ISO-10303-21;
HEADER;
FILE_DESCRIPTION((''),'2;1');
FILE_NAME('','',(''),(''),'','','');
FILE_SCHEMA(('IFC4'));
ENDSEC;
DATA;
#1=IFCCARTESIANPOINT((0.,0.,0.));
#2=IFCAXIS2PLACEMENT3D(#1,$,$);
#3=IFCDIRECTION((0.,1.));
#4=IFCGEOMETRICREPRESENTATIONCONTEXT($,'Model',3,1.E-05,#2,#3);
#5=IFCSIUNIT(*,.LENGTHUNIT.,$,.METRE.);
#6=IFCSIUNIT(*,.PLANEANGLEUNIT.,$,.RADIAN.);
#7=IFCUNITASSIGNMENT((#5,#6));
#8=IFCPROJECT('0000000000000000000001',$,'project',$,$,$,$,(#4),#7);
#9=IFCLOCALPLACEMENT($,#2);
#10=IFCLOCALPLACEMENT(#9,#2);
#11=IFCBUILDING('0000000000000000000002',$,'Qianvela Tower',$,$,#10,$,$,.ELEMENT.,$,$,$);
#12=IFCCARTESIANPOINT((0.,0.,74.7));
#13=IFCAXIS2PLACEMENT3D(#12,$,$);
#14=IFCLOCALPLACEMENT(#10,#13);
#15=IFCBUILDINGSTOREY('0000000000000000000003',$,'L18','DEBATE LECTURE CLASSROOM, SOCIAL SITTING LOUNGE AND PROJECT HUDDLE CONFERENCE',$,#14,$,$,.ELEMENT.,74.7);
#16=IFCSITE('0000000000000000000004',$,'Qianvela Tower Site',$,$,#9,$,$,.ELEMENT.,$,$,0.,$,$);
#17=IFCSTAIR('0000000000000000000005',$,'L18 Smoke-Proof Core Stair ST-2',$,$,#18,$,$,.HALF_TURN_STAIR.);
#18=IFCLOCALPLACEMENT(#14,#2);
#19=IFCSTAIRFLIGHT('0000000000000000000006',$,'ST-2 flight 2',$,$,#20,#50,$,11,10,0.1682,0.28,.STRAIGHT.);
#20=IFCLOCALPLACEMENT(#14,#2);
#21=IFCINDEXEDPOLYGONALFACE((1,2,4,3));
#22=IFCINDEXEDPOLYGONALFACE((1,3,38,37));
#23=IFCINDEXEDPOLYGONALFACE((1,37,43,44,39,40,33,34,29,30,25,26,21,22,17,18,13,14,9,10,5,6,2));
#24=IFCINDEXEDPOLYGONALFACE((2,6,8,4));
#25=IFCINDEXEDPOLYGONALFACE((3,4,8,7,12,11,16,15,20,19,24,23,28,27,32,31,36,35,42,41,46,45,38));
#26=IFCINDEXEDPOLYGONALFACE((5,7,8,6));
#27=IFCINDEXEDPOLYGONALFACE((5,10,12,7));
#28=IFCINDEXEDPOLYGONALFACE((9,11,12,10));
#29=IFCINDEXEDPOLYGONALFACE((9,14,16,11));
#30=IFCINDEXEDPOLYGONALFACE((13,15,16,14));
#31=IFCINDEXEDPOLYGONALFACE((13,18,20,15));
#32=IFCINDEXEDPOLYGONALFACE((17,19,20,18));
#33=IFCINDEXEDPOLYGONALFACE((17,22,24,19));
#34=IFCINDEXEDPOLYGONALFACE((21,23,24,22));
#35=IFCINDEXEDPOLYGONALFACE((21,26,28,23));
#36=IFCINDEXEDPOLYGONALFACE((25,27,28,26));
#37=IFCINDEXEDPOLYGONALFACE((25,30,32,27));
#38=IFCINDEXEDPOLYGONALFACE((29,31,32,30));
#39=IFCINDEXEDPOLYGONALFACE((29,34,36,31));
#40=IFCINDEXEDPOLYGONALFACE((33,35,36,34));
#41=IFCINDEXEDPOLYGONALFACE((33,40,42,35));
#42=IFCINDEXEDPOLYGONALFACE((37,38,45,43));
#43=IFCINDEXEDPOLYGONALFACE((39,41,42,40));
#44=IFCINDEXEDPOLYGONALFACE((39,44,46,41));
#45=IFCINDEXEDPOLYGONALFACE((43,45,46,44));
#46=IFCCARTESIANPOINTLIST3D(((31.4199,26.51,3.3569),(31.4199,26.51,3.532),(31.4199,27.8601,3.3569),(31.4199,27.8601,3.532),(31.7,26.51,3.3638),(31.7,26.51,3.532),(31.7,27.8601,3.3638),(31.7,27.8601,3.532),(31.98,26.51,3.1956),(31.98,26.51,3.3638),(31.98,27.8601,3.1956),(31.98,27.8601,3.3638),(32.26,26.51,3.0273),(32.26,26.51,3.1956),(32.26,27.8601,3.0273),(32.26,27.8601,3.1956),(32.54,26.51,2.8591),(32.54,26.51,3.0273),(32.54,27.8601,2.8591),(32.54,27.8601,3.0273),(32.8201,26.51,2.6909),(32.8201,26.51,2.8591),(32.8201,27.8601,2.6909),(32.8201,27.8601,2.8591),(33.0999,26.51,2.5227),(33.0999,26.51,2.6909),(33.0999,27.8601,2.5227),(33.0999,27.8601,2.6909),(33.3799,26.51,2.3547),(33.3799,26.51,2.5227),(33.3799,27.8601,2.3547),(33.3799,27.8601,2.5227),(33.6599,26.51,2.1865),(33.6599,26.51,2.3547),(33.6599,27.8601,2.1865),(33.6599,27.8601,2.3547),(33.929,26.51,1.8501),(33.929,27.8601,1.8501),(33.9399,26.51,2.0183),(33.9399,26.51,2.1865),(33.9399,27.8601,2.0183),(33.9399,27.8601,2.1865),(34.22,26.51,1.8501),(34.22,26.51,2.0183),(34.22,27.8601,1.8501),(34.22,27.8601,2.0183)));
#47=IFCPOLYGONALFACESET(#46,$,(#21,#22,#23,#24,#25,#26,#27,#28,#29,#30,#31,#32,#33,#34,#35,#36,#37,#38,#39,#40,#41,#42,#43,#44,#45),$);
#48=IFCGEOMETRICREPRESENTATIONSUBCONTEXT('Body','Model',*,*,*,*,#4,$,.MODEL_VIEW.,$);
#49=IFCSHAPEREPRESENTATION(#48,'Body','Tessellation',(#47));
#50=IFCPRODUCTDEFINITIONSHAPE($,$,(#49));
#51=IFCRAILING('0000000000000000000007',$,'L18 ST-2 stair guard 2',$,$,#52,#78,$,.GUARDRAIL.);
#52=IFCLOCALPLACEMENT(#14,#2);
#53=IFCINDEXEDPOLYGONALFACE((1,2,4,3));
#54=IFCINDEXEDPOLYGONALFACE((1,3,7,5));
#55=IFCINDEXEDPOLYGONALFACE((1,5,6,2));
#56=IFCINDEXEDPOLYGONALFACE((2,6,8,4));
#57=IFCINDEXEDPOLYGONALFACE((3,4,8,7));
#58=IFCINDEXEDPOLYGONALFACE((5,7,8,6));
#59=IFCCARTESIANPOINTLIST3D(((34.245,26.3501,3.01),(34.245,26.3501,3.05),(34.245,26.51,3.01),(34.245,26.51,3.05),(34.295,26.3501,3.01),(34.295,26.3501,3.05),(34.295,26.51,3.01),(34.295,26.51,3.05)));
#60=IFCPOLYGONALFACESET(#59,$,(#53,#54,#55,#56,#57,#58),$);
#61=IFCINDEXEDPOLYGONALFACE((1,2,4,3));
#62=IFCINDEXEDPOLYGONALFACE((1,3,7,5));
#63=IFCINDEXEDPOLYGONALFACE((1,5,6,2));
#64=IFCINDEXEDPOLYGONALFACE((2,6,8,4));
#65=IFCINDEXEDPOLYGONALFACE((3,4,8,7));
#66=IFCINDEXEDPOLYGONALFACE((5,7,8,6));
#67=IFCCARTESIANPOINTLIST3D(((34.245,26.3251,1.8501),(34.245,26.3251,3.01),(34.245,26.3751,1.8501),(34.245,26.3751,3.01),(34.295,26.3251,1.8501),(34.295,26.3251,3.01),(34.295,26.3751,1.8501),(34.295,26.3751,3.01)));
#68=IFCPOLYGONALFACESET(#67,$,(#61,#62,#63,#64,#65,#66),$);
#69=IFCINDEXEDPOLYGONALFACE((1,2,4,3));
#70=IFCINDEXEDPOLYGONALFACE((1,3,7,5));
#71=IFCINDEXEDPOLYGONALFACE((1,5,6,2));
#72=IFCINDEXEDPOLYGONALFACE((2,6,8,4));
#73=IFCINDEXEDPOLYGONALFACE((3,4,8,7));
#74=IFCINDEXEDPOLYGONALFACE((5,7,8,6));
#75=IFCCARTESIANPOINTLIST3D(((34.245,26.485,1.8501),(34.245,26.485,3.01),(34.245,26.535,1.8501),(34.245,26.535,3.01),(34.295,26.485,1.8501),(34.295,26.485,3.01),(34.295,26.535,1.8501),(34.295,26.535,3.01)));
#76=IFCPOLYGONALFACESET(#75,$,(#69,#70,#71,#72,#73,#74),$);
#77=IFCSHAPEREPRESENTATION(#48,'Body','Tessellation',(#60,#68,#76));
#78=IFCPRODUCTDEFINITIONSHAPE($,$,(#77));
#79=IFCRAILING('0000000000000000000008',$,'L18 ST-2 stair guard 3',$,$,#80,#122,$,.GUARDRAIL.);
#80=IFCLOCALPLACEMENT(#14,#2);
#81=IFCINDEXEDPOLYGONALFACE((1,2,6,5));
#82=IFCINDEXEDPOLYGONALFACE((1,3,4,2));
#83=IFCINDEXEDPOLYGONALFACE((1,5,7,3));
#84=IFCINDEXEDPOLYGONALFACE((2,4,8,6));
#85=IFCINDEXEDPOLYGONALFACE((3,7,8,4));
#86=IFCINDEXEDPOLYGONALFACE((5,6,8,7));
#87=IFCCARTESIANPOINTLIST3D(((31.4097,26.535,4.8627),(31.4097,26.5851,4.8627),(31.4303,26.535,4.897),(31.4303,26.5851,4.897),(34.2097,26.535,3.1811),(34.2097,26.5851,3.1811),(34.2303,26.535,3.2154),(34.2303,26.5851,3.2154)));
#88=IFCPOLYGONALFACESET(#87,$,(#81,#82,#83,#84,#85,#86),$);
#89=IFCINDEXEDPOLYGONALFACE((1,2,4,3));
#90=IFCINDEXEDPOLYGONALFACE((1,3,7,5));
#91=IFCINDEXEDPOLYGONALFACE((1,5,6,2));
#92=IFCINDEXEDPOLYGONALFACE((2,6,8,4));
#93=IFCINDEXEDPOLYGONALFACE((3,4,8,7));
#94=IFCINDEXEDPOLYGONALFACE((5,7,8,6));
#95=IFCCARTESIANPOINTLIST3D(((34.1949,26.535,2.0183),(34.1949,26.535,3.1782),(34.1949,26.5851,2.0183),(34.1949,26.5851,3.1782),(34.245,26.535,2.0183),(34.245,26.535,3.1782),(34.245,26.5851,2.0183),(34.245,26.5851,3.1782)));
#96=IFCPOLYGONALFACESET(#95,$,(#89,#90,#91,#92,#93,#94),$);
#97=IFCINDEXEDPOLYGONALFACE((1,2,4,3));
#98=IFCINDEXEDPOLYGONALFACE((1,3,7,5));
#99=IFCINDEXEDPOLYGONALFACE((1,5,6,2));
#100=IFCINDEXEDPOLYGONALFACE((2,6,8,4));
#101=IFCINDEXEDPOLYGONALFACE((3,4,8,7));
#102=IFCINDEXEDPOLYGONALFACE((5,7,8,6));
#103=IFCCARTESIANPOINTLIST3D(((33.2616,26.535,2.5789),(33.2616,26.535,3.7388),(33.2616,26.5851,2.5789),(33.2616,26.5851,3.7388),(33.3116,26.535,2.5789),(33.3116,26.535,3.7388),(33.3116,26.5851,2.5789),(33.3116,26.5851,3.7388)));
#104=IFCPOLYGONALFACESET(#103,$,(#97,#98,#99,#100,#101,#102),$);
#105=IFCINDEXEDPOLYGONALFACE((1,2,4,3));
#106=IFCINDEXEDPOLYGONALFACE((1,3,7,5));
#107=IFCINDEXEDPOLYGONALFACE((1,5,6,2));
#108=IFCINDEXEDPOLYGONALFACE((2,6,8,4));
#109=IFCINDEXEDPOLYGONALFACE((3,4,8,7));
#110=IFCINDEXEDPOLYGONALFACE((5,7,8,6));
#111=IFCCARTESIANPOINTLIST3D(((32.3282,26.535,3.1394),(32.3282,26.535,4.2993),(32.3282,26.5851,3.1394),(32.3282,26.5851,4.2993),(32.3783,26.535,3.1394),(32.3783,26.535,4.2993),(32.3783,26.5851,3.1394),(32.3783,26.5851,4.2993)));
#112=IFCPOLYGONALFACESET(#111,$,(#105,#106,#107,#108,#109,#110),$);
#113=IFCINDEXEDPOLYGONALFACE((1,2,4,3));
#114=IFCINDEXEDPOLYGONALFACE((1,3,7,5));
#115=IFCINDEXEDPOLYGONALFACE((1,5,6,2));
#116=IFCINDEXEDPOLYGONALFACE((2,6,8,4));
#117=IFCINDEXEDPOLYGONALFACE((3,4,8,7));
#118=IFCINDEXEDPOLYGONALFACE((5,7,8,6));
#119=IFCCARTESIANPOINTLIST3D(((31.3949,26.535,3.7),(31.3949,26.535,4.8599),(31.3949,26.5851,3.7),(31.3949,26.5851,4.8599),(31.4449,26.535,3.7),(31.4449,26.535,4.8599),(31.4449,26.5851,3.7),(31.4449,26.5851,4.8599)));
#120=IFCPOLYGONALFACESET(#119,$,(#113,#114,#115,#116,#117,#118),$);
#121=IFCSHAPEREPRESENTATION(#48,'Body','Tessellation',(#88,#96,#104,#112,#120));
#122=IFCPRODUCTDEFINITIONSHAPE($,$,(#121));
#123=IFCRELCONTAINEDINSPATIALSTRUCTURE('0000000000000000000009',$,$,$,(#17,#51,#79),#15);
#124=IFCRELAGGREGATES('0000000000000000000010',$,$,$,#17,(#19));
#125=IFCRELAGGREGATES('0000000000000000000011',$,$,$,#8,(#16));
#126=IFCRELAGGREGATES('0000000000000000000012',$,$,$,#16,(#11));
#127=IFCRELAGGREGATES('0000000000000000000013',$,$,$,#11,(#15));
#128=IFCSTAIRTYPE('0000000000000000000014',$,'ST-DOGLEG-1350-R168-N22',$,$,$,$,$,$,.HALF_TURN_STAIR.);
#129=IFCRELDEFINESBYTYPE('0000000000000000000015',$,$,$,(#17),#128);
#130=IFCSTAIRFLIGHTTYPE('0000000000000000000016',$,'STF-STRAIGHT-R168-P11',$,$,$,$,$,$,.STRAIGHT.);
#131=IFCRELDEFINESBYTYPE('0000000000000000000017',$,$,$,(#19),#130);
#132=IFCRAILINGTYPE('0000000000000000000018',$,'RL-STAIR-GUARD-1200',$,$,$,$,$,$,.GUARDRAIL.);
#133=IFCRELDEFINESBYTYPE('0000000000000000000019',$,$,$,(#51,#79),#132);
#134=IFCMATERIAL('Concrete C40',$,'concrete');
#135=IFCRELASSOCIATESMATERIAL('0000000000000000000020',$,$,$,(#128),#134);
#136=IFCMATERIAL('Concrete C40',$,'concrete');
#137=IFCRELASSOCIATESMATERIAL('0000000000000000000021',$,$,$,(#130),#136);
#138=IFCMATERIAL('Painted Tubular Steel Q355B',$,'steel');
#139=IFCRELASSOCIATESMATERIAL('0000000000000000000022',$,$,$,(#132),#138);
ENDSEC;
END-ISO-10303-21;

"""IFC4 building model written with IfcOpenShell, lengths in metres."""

from ifc_helpers import new_model, si_unit, direction, frame, origin, origin_2d, place, context, subcontext, project, spatial, polyline, rectangle, outline, extrude, material, type_object, element, aggregate, save


model = new_model("IFC4")

# Units and contexts
model_context = context("Model", 3, precision=1e-05, world=origin(), true_north=direction((0.0, 1.0)))
body_context = subcontext(model_context, "Body", "Model", "MODEL_VIEW")
ifc_project = project(units=[si_unit("LENGTHUNIT", "METRE"), si_unit("PLANEANGLEUNIT", "RADIAN")], contexts=[model_context])

# Site, building, storey
site_placement = place(None, origin())
site = spatial("IfcSite", under=ifc_project, at=site_placement, Name="Qianvela Tower Site", CompositionType="ELEMENT", RefElevation=0.0)
building_placement = place(site_placement, origin())
building = spatial("IfcBuilding", under=site, at=building_placement, Name="Qianvela Tower", CompositionType="ELEMENT")
storey_placement = place(building_placement, frame((0.0, 0.0, 74.7)))
storey = spatial("IfcBuildingStorey", under=building, at=storey_placement, Name="L18", Description="DEBATE LECTURE CLASSROOM, SOCIAL SITTING LOUNGE AND PROJECT HUDDLE CONFERENCE", CompositionType="ELEMENT", Elevation=74.7)

# Stair, stair flight
ifc_material_1 = material(Name="Concrete C40", Category="concrete")
stair_type = type_object("IfcStairType", Name="ST-DOGLEG-1350-R168-N22", PredefinedType="HALF_TURN_STAIR", material=ifc_material_1)
stair_placement = place(storey_placement, origin())
stair = element("IfcStair", 1, at=stair_placement, inside=storey, type_object=stair_type, Name="L18 Smoke-Proof Core Stair ST-2", PredefinedType="HALF_TURN_STAIR")
ifc_material_2 = material(Name="Concrete C40", Category="concrete")
stair_flight_type = type_object("IfcStairFlightType", Name="STF-STRAIGHT-R168-P11", PredefinedType="STRAIGHT", material=ifc_material_2)
stair_flight_placement = place(storey_placement, frame((34.22, 27.1851, 1.8501), z_axis=(0.0, 0.0, 1.0), x_axis=(-1.0, 0.0, 0.0)))
stair_flight = element("IfcStairFlight", 2, at=stair_flight_placement, type_object=stair_flight_type, Name="ST-2 flight 2", NumberOfRisers=11, NumberOfTreads=10, PredefinedType="STRAIGHT", RiserHeight=0.1682, TreadLength=0.28, context=body_context, shape_type="SweptSolid", body=[
    extrude(outline(polyline([(0.0, 0.0), (0.0, 0.1682), (0.28, 0.1682), (0.28, 0.3364), (0.5601, 0.3364), (0.5601, 0.5046), (0.8401, 0.5046), (0.8401, 0.6726), (1.1201, 0.6726), (1.1201, 0.8408), (1.3999, 0.8408), (1.3999, 1.009), (1.6799, 1.009), (1.6799, 1.1772), (1.96, 1.1772), (1.96, 1.3455), (2.24, 1.3455), (2.24, 1.5137), (2.52, 1.5137), (2.52, 1.6819), (2.8, 1.6819), (2.8, 1.8501), (2.8, 1.5068), (0.291, 0.0), (0.0, 0.0)])), frame((0.0, 0.675, 0.0), z_axis=(0.0, -1.0, 0.0), x_axis=(1.0, 0.0, 0.0)), (0.0, 0.0, 1.0), 1.3501),
])
aggregate(stair, [stair_flight])

# Railings
ifc_material_3 = material(Name="Painted Tubular Steel Q355B", Category="steel")
railing_type = type_object("IfcRailingType", Name="RL-STAIR-GUARD-1200", PredefinedType="GUARDRAIL", material=ifc_material_3)
railing_1_placement = place(storey_placement, frame((34.27, 26.3501, 1.8501)))
element("IfcRailing", 3, at=railing_1_placement, inside=storey, type_object=railing_type, Name="L18 ST-2 stair guard 2", PredefinedType="GUARDRAIL", context=body_context, shape_type="SweptSolid", body=[
    extrude(rectangle(XDim=0.05, YDim=0.04, at=origin_2d()), frame((0.0, 0.0, 1.1799), z_axis=(0.0, 1.0, 0.0), x_axis=(-1.0, 0.0, 0.0)), (0.0, 0.0, 1.0), 0.1599),
    extrude(rectangle(XDim=0.05, YDim=0.05, at=origin_2d()), origin(), (0.0, 0.0, 1.0), 1.1599),
    extrude(rectangle(XDim=0.05, YDim=0.05, at=origin_2d()), frame((0.0, 0.1599, 0.0)), (0.0, 0.0, 1.0), 1.1599),
])
railing_2_placement = place(storey_placement, frame((34.22, 26.5601, 2.0183)))
element("IfcRailing", 4, at=railing_2_placement, inside=storey, type_object=railing_type, Name="L18 ST-2 stair guard 3", PredefinedType="GUARDRAIL", context=body_context, shape_type="SweptSolid", body=[
    extrude(rectangle(XDim=0.05, YDim=0.04, at=origin_2d()), frame((0.0, 0.0, 1.1799), z_axis=(-0.857275, 0.0, 0.514858), x_axis=(0.0, -1.0, 0.0)), (0.0, 0.0, 1.0), 3.2661),
    extrude(rectangle(XDim=0.05, YDim=0.05, at=origin_2d()), origin(), (0.0, 0.0, 1.0), 1.1599),
    extrude(rectangle(XDim=0.05, YDim=0.05, at=origin_2d()), frame((-0.9333, 0.0, 0.5605)), (0.0, 0.0, 1.0), 1.1599),
    extrude(rectangle(XDim=0.05, YDim=0.05, at=origin_2d()), frame((-1.8667, 0.0, 1.1211)), (0.0, 0.0, 1.0), 1.1599),
    extrude(rectangle(XDim=0.05, YDim=0.05, at=origin_2d()), frame((-2.8, 0.0, 1.6816)), (0.0, 0.0, 1.0), 1.1599),
])

save(model, "model.ifc")
